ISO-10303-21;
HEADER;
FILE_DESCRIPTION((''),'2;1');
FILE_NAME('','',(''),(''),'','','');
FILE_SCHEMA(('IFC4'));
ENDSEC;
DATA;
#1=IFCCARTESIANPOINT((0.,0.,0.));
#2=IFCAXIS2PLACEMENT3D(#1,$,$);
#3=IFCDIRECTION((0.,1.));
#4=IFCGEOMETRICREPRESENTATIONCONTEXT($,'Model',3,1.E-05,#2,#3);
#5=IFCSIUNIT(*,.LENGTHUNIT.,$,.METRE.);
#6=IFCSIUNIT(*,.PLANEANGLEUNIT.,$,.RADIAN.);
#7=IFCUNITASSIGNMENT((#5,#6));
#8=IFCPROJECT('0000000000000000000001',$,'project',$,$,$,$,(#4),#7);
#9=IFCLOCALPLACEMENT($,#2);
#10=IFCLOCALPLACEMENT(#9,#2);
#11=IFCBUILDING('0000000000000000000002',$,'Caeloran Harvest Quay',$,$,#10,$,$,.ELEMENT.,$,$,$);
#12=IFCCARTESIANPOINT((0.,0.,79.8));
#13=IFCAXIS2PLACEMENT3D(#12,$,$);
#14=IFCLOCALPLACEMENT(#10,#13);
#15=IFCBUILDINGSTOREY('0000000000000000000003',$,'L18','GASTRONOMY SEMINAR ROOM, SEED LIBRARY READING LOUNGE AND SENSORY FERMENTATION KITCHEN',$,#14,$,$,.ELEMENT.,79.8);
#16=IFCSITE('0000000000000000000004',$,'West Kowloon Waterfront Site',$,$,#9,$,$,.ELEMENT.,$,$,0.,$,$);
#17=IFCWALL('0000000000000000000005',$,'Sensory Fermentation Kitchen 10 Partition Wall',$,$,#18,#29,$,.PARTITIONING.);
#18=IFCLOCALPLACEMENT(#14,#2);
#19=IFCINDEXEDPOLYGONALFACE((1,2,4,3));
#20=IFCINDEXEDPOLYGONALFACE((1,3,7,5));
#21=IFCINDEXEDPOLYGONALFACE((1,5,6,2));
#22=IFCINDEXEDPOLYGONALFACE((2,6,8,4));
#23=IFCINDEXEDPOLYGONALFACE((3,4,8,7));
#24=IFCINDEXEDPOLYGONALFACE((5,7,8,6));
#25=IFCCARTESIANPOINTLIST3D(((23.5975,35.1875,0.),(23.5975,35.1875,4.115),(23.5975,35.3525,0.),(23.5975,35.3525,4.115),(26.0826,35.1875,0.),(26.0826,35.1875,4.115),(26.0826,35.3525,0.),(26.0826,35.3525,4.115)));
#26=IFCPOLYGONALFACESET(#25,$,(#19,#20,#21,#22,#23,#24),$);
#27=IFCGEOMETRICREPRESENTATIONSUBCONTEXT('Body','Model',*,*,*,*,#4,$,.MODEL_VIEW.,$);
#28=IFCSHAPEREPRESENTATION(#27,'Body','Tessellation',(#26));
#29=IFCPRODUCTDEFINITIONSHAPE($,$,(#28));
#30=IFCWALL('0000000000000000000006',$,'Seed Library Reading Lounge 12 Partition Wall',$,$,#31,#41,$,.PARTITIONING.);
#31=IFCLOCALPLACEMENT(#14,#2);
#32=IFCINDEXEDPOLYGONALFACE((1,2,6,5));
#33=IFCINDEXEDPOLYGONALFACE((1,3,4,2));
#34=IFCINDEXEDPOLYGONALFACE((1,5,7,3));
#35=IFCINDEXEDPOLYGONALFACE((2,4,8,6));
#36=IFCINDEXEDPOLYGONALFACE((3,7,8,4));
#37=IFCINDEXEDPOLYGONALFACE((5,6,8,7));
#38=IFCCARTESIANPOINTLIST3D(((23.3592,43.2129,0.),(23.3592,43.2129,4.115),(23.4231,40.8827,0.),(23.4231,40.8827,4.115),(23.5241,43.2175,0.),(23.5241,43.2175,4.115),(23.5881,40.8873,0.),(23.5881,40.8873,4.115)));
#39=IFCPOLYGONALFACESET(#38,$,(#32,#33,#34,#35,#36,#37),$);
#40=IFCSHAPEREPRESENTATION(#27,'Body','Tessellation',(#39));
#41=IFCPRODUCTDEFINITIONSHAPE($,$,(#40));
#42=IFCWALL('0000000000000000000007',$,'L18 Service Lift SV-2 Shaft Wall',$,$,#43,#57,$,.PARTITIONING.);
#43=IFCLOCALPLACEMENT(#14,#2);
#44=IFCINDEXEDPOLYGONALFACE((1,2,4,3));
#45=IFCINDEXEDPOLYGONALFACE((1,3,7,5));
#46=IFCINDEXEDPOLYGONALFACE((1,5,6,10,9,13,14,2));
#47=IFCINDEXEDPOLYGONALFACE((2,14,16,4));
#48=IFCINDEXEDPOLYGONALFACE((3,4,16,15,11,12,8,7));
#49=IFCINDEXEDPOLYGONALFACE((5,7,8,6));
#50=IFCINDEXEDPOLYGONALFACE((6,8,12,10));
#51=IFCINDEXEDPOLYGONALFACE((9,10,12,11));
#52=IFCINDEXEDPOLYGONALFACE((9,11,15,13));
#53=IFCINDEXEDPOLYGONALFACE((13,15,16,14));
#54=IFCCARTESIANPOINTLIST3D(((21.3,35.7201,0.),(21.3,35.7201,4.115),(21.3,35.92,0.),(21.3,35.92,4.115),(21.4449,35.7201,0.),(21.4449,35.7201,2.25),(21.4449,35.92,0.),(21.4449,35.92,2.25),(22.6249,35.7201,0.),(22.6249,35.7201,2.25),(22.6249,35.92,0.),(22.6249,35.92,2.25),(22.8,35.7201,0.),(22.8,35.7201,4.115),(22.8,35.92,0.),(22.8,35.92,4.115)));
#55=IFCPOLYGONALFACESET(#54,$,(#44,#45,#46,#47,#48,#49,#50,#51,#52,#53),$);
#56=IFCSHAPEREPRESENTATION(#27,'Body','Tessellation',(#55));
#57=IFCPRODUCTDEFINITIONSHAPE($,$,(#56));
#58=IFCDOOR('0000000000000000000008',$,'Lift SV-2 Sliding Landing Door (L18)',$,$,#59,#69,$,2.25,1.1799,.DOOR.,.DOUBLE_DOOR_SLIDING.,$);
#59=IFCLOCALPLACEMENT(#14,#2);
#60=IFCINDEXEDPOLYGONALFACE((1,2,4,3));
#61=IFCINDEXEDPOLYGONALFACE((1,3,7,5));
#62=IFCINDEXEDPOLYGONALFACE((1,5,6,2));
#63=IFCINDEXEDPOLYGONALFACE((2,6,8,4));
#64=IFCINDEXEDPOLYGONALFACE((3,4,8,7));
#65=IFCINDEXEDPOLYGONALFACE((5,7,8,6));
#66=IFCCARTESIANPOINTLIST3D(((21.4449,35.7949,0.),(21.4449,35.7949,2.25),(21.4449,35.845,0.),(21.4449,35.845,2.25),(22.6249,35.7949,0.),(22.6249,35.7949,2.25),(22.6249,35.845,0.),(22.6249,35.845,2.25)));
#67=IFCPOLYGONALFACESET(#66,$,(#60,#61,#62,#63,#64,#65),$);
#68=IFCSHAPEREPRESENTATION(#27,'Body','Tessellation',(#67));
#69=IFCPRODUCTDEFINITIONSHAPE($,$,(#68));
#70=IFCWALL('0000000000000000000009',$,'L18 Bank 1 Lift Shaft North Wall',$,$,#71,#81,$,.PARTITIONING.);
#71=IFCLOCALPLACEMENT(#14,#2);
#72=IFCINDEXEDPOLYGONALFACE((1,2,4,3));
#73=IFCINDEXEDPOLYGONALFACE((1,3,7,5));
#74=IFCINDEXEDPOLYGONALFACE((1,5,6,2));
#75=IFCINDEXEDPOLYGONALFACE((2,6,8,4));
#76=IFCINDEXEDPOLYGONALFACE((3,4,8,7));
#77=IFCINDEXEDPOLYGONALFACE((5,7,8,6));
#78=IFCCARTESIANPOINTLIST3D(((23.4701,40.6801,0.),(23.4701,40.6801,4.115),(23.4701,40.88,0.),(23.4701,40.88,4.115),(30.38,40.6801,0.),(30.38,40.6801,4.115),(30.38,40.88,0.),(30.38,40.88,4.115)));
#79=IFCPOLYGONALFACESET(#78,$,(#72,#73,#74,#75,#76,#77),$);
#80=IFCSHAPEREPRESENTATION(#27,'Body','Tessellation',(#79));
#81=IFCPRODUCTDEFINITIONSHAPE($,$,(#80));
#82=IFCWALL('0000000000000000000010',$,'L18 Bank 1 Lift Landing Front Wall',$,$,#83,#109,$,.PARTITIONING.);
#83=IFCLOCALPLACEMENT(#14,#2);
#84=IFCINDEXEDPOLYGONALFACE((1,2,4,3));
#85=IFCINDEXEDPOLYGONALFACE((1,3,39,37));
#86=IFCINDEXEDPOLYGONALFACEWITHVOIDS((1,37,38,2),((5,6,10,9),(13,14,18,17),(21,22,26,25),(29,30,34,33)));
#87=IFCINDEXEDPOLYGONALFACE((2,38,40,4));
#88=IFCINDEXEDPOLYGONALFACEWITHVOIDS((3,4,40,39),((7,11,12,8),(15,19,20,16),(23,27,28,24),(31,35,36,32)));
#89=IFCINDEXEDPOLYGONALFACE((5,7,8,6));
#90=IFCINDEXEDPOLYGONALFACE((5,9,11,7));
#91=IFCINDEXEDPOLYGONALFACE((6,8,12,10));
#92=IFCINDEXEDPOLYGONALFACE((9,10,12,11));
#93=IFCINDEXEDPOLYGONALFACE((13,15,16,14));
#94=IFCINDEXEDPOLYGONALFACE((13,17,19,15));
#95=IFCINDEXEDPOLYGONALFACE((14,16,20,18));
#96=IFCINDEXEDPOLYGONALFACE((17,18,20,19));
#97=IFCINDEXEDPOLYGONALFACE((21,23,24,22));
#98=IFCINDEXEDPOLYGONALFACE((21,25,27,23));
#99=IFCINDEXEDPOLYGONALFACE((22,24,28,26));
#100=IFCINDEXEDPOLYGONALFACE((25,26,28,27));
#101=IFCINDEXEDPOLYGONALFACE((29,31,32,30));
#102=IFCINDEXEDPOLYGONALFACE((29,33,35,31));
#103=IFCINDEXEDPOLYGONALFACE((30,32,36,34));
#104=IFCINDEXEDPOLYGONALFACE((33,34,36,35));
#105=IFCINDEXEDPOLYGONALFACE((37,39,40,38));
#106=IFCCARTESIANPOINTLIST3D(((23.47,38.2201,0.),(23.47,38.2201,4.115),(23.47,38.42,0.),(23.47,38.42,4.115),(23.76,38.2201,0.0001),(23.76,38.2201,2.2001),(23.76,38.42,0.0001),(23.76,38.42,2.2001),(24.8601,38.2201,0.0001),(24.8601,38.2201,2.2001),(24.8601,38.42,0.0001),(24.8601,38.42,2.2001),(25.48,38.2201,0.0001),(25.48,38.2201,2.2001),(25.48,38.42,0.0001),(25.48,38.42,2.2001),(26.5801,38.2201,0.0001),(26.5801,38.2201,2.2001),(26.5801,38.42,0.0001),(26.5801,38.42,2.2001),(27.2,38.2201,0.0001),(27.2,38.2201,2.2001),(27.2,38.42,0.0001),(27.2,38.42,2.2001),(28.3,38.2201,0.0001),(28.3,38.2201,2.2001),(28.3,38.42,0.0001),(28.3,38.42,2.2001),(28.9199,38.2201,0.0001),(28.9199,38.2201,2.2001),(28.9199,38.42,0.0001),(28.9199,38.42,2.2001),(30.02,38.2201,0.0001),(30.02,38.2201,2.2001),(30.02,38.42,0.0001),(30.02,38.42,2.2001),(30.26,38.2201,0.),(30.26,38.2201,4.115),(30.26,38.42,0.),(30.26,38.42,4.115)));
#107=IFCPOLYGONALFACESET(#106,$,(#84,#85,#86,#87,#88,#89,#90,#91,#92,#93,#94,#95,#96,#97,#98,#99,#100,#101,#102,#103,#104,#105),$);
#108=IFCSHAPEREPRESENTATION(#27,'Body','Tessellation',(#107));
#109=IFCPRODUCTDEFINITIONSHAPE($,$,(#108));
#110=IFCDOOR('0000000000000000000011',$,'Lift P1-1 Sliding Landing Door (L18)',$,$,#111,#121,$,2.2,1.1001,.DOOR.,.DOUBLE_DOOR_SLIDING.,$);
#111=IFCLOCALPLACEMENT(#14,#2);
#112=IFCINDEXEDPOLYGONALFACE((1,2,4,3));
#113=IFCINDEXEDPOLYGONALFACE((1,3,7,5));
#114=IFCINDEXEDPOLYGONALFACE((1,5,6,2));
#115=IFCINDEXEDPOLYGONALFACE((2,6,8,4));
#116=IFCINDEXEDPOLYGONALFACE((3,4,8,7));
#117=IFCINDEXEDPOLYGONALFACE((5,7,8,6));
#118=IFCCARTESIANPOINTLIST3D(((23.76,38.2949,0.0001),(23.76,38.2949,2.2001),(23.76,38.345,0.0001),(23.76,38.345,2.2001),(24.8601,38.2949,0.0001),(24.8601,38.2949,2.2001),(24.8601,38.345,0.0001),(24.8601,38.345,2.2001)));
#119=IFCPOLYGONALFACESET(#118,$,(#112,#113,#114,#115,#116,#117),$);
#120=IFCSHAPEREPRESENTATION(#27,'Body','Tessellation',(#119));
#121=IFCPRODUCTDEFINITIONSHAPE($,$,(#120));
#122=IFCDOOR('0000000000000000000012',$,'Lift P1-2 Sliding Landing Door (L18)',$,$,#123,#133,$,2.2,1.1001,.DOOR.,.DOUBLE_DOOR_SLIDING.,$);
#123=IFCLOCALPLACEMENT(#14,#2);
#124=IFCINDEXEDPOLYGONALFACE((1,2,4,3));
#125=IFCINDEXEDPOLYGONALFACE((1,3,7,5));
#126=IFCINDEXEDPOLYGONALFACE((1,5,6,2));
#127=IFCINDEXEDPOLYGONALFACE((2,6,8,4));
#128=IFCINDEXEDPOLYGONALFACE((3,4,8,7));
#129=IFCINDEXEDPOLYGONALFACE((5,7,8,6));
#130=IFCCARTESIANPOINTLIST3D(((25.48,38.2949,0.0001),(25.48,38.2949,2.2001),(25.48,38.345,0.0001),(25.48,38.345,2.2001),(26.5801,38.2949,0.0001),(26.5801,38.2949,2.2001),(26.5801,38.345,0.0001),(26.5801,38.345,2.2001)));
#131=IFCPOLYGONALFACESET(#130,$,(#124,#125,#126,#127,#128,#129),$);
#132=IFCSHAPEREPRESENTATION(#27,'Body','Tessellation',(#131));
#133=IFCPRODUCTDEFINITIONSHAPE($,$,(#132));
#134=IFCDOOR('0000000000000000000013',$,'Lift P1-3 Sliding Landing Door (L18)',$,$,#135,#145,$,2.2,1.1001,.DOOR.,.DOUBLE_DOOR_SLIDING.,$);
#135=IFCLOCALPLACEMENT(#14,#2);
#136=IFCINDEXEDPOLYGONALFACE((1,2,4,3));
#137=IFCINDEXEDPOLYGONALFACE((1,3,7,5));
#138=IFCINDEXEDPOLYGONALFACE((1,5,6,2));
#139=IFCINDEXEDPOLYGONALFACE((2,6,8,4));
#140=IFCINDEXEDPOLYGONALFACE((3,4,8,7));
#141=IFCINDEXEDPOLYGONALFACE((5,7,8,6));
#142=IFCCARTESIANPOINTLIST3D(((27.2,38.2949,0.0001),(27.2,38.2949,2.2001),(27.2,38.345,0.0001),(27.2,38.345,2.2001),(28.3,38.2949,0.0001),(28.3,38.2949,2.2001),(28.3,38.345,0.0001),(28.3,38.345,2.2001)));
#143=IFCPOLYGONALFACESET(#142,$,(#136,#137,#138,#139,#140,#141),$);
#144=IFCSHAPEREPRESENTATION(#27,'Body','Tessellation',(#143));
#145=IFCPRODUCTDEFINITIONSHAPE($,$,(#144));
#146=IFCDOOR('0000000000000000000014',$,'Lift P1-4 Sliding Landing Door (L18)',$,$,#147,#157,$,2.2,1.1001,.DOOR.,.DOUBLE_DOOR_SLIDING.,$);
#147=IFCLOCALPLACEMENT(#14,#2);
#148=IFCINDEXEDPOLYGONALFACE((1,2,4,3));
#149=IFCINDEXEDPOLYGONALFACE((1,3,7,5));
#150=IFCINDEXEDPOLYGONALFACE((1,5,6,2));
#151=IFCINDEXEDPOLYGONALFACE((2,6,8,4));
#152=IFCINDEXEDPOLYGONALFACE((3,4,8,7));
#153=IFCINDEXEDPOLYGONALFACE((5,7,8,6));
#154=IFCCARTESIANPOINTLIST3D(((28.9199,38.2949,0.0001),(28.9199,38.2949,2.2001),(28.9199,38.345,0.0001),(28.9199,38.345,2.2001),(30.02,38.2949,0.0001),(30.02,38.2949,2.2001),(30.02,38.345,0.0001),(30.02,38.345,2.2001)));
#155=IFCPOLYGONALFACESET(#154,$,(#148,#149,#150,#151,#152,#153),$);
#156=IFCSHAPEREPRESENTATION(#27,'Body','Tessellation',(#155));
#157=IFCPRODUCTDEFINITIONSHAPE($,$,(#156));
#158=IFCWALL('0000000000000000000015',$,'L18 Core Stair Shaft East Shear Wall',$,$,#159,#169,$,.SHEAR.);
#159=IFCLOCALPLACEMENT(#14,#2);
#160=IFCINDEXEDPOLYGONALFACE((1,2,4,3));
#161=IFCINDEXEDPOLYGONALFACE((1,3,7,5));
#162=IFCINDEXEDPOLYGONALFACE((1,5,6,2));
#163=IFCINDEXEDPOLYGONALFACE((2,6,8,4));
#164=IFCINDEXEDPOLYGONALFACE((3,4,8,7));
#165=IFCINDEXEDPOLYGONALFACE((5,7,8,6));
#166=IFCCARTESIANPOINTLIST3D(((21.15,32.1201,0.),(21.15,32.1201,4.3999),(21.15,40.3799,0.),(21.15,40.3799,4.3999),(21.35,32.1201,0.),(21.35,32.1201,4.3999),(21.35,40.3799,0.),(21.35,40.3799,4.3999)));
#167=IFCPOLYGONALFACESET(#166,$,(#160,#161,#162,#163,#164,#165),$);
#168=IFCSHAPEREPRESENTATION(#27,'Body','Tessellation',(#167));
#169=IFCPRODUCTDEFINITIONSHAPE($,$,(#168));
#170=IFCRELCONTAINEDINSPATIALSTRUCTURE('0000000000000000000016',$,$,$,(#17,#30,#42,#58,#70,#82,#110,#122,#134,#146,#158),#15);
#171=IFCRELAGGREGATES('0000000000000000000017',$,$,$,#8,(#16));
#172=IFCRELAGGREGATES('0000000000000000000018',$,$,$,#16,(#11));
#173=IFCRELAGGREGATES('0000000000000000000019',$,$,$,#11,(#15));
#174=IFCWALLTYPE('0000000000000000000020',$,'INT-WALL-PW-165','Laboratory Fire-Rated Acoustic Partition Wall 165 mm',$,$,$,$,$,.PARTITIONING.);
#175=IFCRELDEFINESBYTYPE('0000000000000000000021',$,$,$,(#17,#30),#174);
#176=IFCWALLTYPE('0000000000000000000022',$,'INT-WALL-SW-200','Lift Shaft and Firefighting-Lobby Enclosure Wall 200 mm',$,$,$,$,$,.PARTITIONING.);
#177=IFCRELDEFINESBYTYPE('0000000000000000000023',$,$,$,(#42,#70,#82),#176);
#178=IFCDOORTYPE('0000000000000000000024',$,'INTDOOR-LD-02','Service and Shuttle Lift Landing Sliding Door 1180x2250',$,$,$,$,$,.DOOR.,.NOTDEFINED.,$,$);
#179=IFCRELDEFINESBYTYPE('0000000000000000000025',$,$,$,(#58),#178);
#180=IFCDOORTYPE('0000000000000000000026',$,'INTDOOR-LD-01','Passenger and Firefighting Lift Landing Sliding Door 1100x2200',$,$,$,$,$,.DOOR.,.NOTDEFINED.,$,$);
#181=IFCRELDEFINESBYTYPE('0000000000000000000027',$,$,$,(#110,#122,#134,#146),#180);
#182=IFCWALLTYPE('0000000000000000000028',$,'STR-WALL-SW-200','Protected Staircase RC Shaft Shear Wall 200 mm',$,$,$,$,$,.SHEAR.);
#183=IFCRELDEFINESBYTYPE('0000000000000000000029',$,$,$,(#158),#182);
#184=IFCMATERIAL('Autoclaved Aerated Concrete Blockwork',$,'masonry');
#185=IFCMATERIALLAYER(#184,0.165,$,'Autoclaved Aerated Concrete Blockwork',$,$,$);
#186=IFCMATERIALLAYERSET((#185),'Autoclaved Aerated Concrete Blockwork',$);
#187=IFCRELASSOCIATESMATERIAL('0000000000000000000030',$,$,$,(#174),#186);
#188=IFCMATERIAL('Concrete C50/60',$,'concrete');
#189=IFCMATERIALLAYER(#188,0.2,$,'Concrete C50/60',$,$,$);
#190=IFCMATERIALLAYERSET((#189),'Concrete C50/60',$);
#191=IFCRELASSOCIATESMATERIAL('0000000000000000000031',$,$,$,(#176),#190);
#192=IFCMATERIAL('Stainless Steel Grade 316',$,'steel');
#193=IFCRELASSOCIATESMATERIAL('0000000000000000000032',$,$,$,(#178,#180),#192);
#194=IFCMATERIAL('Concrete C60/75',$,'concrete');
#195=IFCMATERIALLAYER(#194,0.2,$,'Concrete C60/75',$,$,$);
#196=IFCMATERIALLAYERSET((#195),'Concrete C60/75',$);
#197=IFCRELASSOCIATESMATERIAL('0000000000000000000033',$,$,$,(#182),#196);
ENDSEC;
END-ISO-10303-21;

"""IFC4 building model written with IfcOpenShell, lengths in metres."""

from ifc_helpers import new_model, si_unit, direction, frame, frame_2d, origin, place, context, subcontext, project, spatial, rectangle, extrude, material, layer, layer_set, type_object, element, fill, save


model = new_model("IFC4")

# Units and contexts
model_context = context("Model", 3, precision=1e-05, world=origin(), true_north=direction((0.0, 1.0)))
body_context = subcontext(model_context, "Body", "Model", "MODEL_VIEW")
ifc_project = project(units=[si_unit("LENGTHUNIT", "METRE"), si_unit("PLANEANGLEUNIT", "RADIAN")], contexts=[model_context])

# Site, building, storey
site_placement = place(None, origin())
site = spatial("IfcSite", under=ifc_project, at=site_placement, Name="West Kowloon Waterfront Site", CompositionType="ELEMENT", RefElevation=0.0)
building_placement = place(site_placement, origin())
building = spatial("IfcBuilding", under=site, at=building_placement, Name="Caeloran Harvest Quay", CompositionType="ELEMENT")
storey_placement = place(building_placement, frame((0.0, 0.0, 79.8)))
storey = spatial("IfcBuildingStorey", under=building, at=storey_placement, Name="L18", Description="GASTRONOMY SEMINAR ROOM, SEED LIBRARY READING LOUNGE AND SENSORY FERMENTATION KITCHEN", CompositionType="ELEMENT", Elevation=79.8)

# Walls
ifc_material_1 = material(Name="Autoclaved Aerated Concrete Blockwork", Category="masonry")
ifc_layer_1 = layer(ifc_material_1, 0.165, Name="Autoclaved Aerated Concrete Blockwork")
ifc_layer_set_1 = layer_set([ifc_layer_1], Name="Autoclaved Aerated Concrete Blockwork")
wall_type_1 = type_object("IfcWallType", Name="INT-WALL-PW-165", Description="Laboratory Fire-Rated Acoustic Partition Wall 165 mm", PredefinedType="PARTITIONING", material=ifc_layer_set_1)
wall_1_placement = place(storey_placement, frame((23.5974, 35.27, 0.0), z_axis=(0.0, 0.0, 1.0), x_axis=(1.0, 0.0, 0.0)))
element("IfcWall", 1, at=wall_1_placement, inside=storey, type_object=wall_type_1, Name="Sensory Fermentation Kitchen 10 Partition Wall", PredefinedType="PARTITIONING", context=body_context, shape_type="SweptSolid", body=[
    extrude(rectangle(XDim=2.4851, YDim=0.165, at=frame_2d((1.2427, 0.0))), origin(), (0.0, 0.0, 1.0), 4.115),
])
wall_2_placement = place(storey_placement, frame((23.5056, 40.885, 0.0), z_axis=(0.0, 0.0, 1.0), x_axis=(-0.027441, 0.999623, 0.0)))
element("IfcWall", 2, at=wall_2_placement, inside=storey, type_object=wall_type_1, Name="Seed Library Reading Lounge 12 Partition Wall", PredefinedType="PARTITIONING", context=body_context, shape_type="SweptSolid", body=[
    extrude(rectangle(XDim=2.3311, YDim=0.165, at=frame_2d((1.1655, 0.0))), origin(), (0.0, 0.0, 1.0), 4.115),
])

# Wall, opening, door
ifc_material_2 = material(Name="Concrete C50/60", Category="concrete")
ifc_layer_2 = layer(ifc_material_2, 0.2, Name="Concrete C50/60")
ifc_layer_set_2 = layer_set([ifc_layer_2], Name="Concrete C50/60")
wall_type_2 = type_object("IfcWallType", Name="INT-WALL-SW-200", Description="Lift Shaft and Firefighting-Lobby Enclosure Wall 200 mm", PredefinedType="PARTITIONING", material=ifc_layer_set_2)
wall_3_placement = place(storey_placement, frame((21.3, 35.8201, 0.0), z_axis=(0.0, 0.0, 1.0), x_axis=(1.0, 0.0, 0.0)))
wall_3 = element("IfcWall", 3, at=wall_3_placement, inside=storey, type_object=wall_type_2, Name="L18 Service Lift SV-2 Shaft Wall", PredefinedType="PARTITIONING", context=body_context, shape_type="SweptSolid", body=[
    extrude(rectangle(XDim=1.5, YDim=0.2, at=frame_2d((0.75, 0.0))), origin(), (0.0, 0.0, 1.0), 4.115),
])
opening_1_placement = place(wall_3_placement, frame((0.145, 0.0, 0.0)))
opening_1 = element("IfcOpeningElement", 4, at=opening_1_placement, cuts=wall_3, PredefinedType="OPENING", context=body_context, shape_type="SweptSolid", body=[
    extrude(rectangle(XDim=1.1799, YDim=2.25, at=frame_2d((0.5898, 1.125))), frame((0.0, 0.1099, 0.0), z_axis=(0.0, -1.0, 0.0), x_axis=(1.0, 0.0, 0.0)), (0.0, 0.0, 1.0), 0.22),
])
ifc_material_3 = material(Name="Stainless Steel Grade 316", Category="steel")
door_type_1 = type_object("IfcDoorType", Name="INTDOOR-LD-02", Description="Service and Shuttle Lift Landing Sliding Door 1180x2250", OperationType="NOTDEFINED", PredefinedType="DOOR", material=ifc_material_3)
door_1_placement = place(opening_1_placement, origin())
door_1 = element("IfcDoor", 5, at=door_1_placement, inside=storey, type_object=door_type_1, Name="Lift SV-2 Sliding Landing Door (L18)", OperationType="DOUBLE_DOOR_SLIDING", OverallHeight=2.25, OverallWidth=1.1799, PredefinedType="DOOR", context=body_context, shape_type="SweptSolid", body=[
    extrude(rectangle(XDim=1.1799, YDim=2.25, at=frame_2d((0.5898, 1.125))), frame((0.0, 0.0249, 0.0), z_axis=(0.0, -1.0, 0.0), x_axis=(1.0, 0.0, 0.0)), (0.0, 0.0, 1.0), 0.05),
])
fill(opening_1, door_1)

# Wall
wall_4_placement = place(storey_placement, frame((23.47, 40.78, 0.0), z_axis=(0.0, 0.0, 1.0), x_axis=(1.0, 0.0, 0.0)))
element("IfcWall", 6, at=wall_4_placement, inside=storey, type_object=wall_type_2, Name="L18 Bank 1 Lift Shaft North Wall", PredefinedType="PARTITIONING", context=body_context, shape_type="SweptSolid", body=[
    extrude(rectangle(XDim=6.9099, YDim=0.2, at=frame_2d((3.4551, 0.0))), origin(), (0.0, 0.0, 1.0), 4.115),
])

# Wall, openings, doors
wall_5_placement = place(storey_placement, frame((23.47, 38.3201, 0.0), z_axis=(0.0, 0.0, 1.0), x_axis=(1.0, 0.0, 0.0)))
wall_5 = element("IfcWall", 7, at=wall_5_placement, inside=storey, type_object=wall_type_2, Name="L18 Bank 1 Lift Landing Front Wall", PredefinedType="PARTITIONING", context=body_context, shape_type="SweptSolid", body=[
    extrude(rectangle(XDim=6.79, YDim=0.2, at=frame_2d((3.395, 0.0))), origin(), (0.0, 0.0, 1.0), 4.115),
])
opening_2_placement = place(wall_5_placement, frame((0.29, 0.0, 0.0)))
opening_2 = element("IfcOpeningElement", 8, at=opening_2_placement, cuts=wall_5, PredefinedType="OPENING", context=body_context, shape_type="SweptSolid", body=[
    extrude(rectangle(XDim=1.1001, YDim=2.2, at=frame_2d((0.55, 1.1001))), frame((0.0, 0.1099, 0.0), z_axis=(0.0, -1.0, 0.0), x_axis=(1.0, 0.0, 0.0)), (0.0, 0.0, 1.0), 0.22),
])
opening_3_placement = place(wall_5_placement, frame((2.01, 0.0, 0.0)))
opening_3 = element("IfcOpeningElement", 9, at=opening_3_placement, cuts=wall_5, PredefinedType="OPENING", context=body_context, shape_type="SweptSolid", body=[
    extrude(rectangle(XDim=1.1001, YDim=2.2, at=frame_2d((0.55, 1.1001))), frame((0.0, 0.1099, 0.0), z_axis=(0.0, -1.0, 0.0), x_axis=(1.0, 0.0, 0.0)), (0.0, 0.0, 1.0), 0.22),
])
opening_4_placement = place(wall_5_placement, frame((3.73, 0.0, 0.0)))
opening_4 = element("IfcOpeningElement", 10, at=opening_4_placement, cuts=wall_5, PredefinedType="OPENING", context=body_context, shape_type="SweptSolid", body=[
    extrude(rectangle(XDim=1.1001, YDim=2.2, at=frame_2d((0.55, 1.1001))), frame((0.0, 0.1099, 0.0), z_axis=(0.0, -1.0, 0.0), x_axis=(1.0, 0.0, 0.0)), (0.0, 0.0, 1.0), 0.22),
])
opening_5_placement = place(wall_5_placement, frame((5.45, 0.0, 0.0)))
opening_5 = element("IfcOpeningElement", 11, at=opening_5_placement, cuts=wall_5, PredefinedType="OPENING", context=body_context, shape_type="SweptSolid", body=[
    extrude(rectangle(XDim=1.1001, YDim=2.2, at=frame_2d((0.55, 1.1001))), frame((0.0, 0.1099, 0.0), z_axis=(0.0, -1.0, 0.0), x_axis=(1.0, 0.0, 0.0)), (0.0, 0.0, 1.0), 0.22),
])
door_type_2 = type_object("IfcDoorType", Name="INTDOOR-LD-01", Description="Passenger and Firefighting Lift Landing Sliding Door 1100x2200", OperationType="NOTDEFINED", PredefinedType="DOOR", material=ifc_material_3)
door_2_placement = place(opening_2_placement, origin())
door_2 = element("IfcDoor", 12, at=door_2_placement, inside=storey, type_object=door_type_2, Name="Lift P1-1 Sliding Landing Door (L18)", OperationType="DOUBLE_DOOR_SLIDING", OverallHeight=2.2, OverallWidth=1.1001, PredefinedType="DOOR", context=body_context, shape_type="SweptSolid", body=[
    extrude(rectangle(XDim=1.1001, YDim=2.2, at=frame_2d((0.55, 1.1001))), frame((0.0, 0.0249, 0.0), z_axis=(0.0, -1.0, 0.0), x_axis=(1.0, 0.0, 0.0)), (0.0, 0.0, 1.0), 0.05),
])
fill(opening_2, door_2)
door_3_placement = place(opening_3_placement, origin())
door_3 = element("IfcDoor", 13, at=door_3_placement, inside=storey, type_object=door_type_2, Name="Lift P1-2 Sliding Landing Door (L18)", OperationType="DOUBLE_DOOR_SLIDING", OverallHeight=2.2, OverallWidth=1.1001, PredefinedType="DOOR", context=body_context, shape_type="SweptSolid", body=[
    extrude(rectangle(XDim=1.1001, YDim=2.2, at=frame_2d((0.55, 1.1001))), frame((0.0, 0.0249, 0.0), z_axis=(0.0, -1.0, 0.0), x_axis=(1.0, 0.0, 0.0)), (0.0, 0.0, 1.0), 0.05),
])
fill(opening_3, door_3)
door_4_placement = place(opening_4_placement, origin())
door_4 = element("IfcDoor", 14, at=door_4_placement, inside=storey, type_object=door_type_2, Name="Lift P1-3 Sliding Landing Door (L18)", OperationType="DOUBLE_DOOR_SLIDING", OverallHeight=2.2, OverallWidth=1.1001, PredefinedType="DOOR", context=body_context, shape_type="SweptSolid", body=[
    extrude(rectangle(XDim=1.1001, YDim=2.2, at=frame_2d((0.55, 1.1001))), frame((0.0, 0.0249, 0.0), z_axis=(0.0, -1.0, 0.0), x_axis=(1.0, 0.0, 0.0)), (0.0, 0.0, 1.0), 0.05),
])
fill(opening_4, door_4)
door_5_placement = place(opening_5_placement, origin())
door_5 = element("IfcDoor", 15, at=door_5_placement, inside=storey, type_object=door_type_2, Name="Lift P1-4 Sliding Landing Door (L18)", OperationType="DOUBLE_DOOR_SLIDING", OverallHeight=2.2, OverallWidth=1.1001, PredefinedType="DOOR", context=body_context, shape_type="SweptSolid", body=[
    extrude(rectangle(XDim=1.1001, YDim=2.2, at=frame_2d((0.55, 1.1001))), frame((0.0, 0.0249, 0.0), z_axis=(0.0, -1.0, 0.0), x_axis=(1.0, 0.0, 0.0)), (0.0, 0.0, 1.0), 0.05),
])
fill(opening_5, door_5)

# Wall
ifc_material_4 = material(Name="Concrete C60/75", Category="concrete")
ifc_layer_3 = layer(ifc_material_4, 0.2, Name="Concrete C60/75")
ifc_layer_set_3 = layer_set([ifc_layer_3], Name="Concrete C60/75")
wall_type_3 = type_object("IfcWallType", Name="STR-WALL-SW-200", Description="Protected Staircase RC Shaft Shear Wall 200 mm", PredefinedType="SHEAR", material=ifc_layer_set_3)
wall_6_placement = place(storey_placement, frame((21.25, 32.1201, 0.0), z_axis=(0.0, 0.0, 1.0), x_axis=(0.0, 1.0, 0.0)))
element("IfcWall", 16, at=wall_6_placement, inside=storey, type_object=wall_type_3, Name="L18 Core Stair Shaft East Shear Wall", PredefinedType="SHEAR", context=body_context, shape_type="SweptSolid", body=[
    extrude(rectangle(XDim=8.2598, YDim=0.2, at=frame_2d((4.1299, 0.0))), origin(), (0.0, 0.0, 1.0), 4.3999),
])

save(model, "model.ifc")
